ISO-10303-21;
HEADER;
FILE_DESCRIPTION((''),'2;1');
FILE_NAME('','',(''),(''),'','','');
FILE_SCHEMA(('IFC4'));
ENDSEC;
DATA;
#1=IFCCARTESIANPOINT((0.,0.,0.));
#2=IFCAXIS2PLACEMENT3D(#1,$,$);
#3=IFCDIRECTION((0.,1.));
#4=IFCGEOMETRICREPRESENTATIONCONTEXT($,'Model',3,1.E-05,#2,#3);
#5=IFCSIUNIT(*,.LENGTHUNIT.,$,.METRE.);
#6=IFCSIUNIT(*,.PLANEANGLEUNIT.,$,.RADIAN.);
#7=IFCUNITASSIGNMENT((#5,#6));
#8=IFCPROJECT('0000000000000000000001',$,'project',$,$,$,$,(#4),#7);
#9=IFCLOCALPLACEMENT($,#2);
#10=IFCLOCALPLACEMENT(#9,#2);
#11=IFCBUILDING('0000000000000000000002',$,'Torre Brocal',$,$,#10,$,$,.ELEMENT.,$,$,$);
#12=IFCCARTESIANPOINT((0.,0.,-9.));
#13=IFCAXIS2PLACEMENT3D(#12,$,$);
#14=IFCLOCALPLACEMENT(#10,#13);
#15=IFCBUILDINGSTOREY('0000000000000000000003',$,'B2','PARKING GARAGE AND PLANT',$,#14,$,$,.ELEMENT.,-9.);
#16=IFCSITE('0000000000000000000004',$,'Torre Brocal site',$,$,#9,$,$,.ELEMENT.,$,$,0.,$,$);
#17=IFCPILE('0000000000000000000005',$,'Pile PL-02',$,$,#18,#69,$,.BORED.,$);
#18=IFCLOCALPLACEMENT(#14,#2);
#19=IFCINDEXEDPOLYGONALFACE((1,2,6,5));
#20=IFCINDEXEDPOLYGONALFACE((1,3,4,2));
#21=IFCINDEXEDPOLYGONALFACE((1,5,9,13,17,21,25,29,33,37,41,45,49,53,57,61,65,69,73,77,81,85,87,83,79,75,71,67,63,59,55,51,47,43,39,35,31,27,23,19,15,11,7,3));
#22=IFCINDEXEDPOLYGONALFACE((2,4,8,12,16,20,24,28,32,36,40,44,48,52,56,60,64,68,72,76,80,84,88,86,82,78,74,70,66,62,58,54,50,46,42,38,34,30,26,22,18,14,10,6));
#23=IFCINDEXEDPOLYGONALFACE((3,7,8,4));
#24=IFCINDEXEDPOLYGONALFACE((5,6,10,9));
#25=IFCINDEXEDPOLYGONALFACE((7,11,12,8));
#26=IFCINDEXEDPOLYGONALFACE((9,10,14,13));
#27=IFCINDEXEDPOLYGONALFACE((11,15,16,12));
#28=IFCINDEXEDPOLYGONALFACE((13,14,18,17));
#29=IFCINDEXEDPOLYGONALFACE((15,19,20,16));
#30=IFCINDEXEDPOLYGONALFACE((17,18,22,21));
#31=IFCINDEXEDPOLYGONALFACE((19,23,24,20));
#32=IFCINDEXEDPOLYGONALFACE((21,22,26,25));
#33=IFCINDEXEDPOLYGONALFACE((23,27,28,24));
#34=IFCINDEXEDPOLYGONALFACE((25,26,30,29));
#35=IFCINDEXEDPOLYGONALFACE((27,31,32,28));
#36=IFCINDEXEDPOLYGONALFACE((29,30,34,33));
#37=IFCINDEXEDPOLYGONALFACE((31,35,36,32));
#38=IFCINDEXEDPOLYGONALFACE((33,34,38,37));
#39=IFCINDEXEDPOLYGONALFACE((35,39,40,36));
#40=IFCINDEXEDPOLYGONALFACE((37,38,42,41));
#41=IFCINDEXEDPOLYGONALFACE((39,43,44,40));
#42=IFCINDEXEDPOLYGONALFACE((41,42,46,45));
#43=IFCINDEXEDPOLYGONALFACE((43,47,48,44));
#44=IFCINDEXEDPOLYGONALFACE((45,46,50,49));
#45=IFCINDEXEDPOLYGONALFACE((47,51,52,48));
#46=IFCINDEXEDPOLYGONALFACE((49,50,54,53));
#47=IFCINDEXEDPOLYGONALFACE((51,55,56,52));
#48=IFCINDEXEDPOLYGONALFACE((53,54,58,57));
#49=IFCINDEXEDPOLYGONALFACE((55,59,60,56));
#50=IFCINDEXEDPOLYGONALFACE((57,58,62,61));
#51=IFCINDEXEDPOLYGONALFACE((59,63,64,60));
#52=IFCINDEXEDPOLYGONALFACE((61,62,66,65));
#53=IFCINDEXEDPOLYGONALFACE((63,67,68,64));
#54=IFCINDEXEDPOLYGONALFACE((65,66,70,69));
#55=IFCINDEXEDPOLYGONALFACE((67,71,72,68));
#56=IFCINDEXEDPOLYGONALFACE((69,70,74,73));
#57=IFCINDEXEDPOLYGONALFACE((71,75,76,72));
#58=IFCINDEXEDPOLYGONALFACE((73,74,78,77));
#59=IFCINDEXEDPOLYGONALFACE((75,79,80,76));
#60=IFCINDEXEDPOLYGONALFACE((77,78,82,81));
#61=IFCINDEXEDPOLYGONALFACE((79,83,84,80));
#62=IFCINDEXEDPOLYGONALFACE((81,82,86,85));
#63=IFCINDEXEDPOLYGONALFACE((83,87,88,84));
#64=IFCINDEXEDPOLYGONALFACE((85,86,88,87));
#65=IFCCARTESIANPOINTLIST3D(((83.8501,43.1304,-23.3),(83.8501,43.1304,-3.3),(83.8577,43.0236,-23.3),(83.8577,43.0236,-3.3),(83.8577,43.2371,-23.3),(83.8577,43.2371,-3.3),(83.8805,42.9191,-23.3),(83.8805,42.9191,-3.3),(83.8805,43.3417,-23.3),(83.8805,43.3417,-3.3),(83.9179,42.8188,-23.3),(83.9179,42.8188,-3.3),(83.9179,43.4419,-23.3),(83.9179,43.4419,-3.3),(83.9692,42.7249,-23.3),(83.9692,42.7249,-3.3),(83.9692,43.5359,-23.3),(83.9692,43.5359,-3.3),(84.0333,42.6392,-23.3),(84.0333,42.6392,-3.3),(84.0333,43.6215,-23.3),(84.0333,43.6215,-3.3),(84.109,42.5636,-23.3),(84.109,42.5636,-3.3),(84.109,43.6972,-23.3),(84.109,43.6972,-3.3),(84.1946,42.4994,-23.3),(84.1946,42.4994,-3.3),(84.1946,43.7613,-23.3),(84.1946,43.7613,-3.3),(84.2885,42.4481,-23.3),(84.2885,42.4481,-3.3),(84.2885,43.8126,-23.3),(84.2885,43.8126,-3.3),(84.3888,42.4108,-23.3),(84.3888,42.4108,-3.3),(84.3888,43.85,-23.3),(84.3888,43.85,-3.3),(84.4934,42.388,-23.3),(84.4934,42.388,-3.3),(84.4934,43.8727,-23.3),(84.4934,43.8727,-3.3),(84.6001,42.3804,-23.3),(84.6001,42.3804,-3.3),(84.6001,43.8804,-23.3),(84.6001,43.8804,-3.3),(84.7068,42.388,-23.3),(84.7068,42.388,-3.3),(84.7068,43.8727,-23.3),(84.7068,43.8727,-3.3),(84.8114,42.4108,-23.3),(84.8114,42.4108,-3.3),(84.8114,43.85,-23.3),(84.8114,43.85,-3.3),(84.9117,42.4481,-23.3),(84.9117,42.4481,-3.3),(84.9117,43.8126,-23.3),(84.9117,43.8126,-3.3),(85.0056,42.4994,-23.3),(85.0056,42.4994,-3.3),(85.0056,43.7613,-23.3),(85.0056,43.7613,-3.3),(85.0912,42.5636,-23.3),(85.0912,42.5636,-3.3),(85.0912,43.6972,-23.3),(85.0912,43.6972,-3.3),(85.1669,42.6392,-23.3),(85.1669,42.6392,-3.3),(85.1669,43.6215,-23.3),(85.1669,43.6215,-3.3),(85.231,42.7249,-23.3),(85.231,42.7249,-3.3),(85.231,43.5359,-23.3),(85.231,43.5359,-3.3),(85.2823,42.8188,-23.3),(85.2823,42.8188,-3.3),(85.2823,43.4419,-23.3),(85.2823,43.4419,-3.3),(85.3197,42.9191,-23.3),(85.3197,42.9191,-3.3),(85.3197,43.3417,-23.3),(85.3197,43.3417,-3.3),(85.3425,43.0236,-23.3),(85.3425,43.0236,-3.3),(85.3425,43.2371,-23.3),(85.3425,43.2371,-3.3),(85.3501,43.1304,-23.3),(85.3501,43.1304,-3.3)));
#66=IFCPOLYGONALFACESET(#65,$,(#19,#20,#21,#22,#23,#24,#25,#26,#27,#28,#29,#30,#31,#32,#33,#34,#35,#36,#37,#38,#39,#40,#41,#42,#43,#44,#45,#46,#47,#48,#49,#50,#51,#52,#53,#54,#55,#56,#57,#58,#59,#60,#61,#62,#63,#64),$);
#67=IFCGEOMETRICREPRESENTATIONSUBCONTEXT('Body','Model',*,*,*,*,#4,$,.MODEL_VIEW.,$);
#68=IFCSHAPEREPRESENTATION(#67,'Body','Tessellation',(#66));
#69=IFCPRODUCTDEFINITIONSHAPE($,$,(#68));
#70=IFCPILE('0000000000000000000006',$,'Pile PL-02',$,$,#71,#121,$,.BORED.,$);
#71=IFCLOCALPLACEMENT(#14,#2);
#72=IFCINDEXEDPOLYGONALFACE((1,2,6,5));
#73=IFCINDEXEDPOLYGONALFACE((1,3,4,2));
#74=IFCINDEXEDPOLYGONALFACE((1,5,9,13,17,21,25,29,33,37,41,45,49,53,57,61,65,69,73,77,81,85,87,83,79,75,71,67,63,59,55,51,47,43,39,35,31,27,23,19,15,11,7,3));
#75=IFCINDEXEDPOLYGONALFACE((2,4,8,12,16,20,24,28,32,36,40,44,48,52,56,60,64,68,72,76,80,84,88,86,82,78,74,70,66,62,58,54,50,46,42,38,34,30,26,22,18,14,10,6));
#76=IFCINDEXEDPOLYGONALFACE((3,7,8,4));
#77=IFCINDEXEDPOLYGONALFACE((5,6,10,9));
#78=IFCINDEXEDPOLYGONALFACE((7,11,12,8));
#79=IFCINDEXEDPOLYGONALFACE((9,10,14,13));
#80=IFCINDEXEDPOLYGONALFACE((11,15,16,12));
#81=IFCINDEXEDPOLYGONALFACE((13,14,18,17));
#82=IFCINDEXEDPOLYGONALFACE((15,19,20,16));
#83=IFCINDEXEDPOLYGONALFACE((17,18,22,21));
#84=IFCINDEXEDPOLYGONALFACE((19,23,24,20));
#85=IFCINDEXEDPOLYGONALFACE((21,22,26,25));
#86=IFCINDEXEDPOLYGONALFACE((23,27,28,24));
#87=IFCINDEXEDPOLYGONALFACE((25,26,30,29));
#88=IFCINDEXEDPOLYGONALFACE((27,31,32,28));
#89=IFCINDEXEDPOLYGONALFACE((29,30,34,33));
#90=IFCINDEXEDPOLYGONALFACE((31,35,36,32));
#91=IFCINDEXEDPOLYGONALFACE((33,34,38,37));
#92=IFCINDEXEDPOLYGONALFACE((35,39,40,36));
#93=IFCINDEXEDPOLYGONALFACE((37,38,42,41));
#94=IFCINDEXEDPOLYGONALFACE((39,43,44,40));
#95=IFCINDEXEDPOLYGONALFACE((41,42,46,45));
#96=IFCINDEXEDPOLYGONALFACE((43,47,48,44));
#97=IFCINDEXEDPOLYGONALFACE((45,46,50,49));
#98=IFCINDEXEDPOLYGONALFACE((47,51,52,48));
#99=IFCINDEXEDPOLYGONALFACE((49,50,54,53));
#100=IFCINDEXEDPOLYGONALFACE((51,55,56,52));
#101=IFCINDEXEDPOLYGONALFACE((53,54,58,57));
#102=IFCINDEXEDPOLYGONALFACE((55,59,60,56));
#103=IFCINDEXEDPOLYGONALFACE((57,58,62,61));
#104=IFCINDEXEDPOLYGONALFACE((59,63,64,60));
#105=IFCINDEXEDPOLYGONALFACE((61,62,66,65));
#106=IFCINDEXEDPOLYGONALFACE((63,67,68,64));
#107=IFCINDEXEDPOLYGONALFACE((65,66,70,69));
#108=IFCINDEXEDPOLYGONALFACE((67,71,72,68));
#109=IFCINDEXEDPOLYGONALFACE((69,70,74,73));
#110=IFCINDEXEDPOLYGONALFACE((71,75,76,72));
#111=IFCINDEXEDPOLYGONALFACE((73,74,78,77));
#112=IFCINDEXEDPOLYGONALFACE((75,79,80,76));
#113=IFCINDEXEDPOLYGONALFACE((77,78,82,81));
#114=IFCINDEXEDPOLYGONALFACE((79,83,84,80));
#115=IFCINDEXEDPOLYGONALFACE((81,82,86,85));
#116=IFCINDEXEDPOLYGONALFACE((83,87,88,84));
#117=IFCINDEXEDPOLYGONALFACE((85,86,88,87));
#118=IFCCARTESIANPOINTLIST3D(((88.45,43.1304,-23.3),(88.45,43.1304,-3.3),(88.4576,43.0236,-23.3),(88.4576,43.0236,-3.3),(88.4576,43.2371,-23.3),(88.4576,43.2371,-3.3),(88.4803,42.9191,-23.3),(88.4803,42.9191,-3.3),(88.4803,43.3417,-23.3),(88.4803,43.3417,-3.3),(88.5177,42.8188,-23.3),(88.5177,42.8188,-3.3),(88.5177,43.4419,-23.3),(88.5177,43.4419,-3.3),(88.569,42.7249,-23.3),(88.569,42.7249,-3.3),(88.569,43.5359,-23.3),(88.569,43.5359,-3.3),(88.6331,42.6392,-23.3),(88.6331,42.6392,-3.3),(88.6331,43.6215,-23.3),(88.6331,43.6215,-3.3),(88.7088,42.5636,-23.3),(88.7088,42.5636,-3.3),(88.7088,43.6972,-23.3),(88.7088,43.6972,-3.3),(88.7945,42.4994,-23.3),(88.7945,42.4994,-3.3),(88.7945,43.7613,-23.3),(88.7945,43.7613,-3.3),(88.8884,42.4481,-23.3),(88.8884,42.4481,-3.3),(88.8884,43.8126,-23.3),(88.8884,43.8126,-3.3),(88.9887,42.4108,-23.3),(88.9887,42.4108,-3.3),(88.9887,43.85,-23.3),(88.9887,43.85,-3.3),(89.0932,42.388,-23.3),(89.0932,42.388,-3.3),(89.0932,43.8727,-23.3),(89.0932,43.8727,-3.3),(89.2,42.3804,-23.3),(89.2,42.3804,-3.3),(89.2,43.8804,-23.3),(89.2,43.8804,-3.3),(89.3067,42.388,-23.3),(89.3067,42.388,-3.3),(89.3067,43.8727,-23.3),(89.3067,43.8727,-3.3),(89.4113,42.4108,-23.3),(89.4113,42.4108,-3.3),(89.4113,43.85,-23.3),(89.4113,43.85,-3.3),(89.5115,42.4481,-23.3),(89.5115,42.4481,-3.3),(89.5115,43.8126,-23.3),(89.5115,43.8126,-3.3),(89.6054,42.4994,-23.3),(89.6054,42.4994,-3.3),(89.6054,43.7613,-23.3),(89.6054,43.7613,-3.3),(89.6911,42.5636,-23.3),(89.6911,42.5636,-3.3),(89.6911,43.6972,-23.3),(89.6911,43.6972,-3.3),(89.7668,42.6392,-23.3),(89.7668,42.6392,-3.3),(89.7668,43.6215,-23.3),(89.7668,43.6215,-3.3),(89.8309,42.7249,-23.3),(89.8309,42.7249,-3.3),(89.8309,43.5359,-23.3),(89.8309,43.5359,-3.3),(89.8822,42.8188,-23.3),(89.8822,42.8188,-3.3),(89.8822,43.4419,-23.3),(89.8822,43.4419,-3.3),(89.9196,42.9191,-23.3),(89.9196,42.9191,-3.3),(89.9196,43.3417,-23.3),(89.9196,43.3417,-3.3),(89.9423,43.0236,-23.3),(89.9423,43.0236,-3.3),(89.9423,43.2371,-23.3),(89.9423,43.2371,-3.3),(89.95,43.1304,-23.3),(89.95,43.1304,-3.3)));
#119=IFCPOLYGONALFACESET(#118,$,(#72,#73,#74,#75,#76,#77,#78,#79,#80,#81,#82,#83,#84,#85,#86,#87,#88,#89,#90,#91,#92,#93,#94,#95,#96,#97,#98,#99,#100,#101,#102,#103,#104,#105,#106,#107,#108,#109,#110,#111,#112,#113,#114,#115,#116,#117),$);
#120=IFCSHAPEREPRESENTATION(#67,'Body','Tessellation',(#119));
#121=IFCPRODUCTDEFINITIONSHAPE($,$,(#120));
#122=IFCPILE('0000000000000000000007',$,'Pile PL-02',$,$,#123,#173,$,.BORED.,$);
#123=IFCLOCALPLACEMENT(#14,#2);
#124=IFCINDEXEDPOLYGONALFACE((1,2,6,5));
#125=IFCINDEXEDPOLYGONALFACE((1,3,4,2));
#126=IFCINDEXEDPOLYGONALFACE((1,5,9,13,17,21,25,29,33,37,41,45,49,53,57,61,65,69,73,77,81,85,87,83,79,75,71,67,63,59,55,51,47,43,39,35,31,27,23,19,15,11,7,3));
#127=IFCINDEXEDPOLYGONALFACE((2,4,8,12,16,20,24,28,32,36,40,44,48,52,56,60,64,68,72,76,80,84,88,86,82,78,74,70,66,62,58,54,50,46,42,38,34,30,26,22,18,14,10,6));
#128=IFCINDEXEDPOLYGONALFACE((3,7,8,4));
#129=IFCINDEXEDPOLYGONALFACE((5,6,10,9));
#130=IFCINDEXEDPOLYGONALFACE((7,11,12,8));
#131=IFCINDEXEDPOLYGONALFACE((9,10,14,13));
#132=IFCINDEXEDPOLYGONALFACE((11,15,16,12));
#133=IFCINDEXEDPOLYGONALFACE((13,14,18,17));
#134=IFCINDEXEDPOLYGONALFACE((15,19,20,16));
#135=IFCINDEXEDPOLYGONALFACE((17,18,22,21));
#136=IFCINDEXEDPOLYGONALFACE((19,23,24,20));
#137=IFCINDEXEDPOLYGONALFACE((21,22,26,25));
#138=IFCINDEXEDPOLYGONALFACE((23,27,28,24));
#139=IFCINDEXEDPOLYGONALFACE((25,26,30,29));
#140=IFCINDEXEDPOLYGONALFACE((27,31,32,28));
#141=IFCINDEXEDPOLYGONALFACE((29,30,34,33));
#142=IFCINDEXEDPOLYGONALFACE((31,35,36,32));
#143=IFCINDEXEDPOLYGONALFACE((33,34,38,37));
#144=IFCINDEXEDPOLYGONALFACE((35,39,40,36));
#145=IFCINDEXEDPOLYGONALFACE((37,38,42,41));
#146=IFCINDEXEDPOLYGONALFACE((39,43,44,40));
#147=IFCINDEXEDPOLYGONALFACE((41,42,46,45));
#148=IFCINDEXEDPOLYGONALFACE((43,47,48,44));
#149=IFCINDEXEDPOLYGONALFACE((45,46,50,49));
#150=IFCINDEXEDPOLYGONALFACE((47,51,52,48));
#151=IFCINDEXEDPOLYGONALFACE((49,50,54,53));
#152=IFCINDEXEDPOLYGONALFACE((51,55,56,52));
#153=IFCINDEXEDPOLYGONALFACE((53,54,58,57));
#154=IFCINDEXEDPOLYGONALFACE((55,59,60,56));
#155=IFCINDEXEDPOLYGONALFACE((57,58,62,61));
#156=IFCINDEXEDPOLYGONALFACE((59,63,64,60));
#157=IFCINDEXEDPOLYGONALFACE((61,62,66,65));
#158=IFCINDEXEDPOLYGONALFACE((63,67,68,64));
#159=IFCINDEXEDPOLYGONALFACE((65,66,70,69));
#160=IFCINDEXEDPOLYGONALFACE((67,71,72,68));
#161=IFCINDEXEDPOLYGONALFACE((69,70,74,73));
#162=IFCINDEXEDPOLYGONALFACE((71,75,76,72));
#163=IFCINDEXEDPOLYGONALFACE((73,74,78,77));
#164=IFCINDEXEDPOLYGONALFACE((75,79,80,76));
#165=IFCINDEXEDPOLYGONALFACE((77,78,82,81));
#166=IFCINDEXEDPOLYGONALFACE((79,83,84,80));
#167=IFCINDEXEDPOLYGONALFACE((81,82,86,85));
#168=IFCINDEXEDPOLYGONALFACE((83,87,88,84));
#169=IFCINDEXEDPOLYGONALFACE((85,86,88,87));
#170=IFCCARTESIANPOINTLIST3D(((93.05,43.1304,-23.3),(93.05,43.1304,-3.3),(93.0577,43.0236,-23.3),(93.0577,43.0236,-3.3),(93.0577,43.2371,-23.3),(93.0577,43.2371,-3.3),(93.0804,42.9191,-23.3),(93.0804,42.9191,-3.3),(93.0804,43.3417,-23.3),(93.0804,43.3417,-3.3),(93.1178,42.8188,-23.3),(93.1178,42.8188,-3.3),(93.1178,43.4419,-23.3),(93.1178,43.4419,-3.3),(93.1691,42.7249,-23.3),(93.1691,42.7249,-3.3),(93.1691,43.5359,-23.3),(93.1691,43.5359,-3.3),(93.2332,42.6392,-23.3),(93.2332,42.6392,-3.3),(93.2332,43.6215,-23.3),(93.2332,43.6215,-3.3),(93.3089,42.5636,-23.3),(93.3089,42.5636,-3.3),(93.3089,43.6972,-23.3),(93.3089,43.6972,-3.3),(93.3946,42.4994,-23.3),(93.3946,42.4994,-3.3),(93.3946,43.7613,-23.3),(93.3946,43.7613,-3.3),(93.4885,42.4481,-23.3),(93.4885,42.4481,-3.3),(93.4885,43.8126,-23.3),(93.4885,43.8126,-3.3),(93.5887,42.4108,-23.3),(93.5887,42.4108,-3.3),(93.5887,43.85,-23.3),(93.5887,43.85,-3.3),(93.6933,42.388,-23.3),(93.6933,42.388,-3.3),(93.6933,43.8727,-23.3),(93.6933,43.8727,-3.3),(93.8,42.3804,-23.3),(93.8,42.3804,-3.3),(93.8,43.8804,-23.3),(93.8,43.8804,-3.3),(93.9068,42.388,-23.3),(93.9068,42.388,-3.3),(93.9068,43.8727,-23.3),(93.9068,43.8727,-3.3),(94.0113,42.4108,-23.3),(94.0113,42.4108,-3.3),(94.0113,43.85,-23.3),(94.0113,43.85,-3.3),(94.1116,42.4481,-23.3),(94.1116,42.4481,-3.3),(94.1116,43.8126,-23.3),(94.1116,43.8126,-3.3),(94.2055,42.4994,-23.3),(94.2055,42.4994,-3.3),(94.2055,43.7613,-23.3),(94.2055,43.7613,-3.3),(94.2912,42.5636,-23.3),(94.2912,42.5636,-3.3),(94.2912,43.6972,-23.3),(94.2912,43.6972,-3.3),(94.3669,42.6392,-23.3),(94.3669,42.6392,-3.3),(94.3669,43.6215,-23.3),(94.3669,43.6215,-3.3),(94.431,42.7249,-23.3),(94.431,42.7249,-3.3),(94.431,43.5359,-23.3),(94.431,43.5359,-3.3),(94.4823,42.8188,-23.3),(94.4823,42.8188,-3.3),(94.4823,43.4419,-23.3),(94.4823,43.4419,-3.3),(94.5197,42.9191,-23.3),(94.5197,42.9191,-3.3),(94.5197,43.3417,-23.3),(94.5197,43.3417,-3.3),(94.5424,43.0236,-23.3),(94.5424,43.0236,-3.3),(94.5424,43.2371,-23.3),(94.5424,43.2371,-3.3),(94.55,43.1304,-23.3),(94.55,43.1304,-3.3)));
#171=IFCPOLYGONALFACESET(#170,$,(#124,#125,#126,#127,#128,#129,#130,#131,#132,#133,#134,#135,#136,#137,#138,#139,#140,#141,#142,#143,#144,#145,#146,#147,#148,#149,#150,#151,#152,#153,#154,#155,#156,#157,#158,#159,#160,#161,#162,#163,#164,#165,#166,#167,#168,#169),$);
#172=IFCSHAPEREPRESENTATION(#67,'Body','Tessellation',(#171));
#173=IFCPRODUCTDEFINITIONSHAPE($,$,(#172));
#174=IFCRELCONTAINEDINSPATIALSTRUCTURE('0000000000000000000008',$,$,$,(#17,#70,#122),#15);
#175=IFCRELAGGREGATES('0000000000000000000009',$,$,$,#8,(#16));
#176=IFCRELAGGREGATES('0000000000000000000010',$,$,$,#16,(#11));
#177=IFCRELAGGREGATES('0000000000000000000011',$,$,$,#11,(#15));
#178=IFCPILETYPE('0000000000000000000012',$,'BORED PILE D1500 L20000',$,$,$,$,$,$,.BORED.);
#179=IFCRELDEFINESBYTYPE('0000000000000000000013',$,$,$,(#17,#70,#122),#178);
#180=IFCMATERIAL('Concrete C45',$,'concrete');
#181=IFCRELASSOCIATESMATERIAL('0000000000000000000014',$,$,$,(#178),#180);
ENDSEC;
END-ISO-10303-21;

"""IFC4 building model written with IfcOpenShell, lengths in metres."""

from ifc_helpers import new_model, si_unit, direction, frame, origin, origin_2d, place, context, subcontext, project, spatial, circle, extrude, material, material_profile, profile_set, type_object, element, save


model = new_model("IFC4")

# Units and contexts
model_context = context("Model", 3, precision=1e-05, world=origin(), true_north=direction((0.0, 1.0)))
body_context = subcontext(model_context, "Body", "Model", "MODEL_VIEW")
ifc_project = project(units=[si_unit("LENGTHUNIT", "METRE"), si_unit("PLANEANGLEUNIT", "RADIAN")], contexts=[model_context])

# Site, building, storey
site_placement = place(None, origin())
site = spatial("IfcSite", under=ifc_project, at=site_placement, Name="Torre Brocal site", CompositionType="ELEMENT", RefElevation=0.0)
building_placement = place(site_placement, origin())
building = spatial("IfcBuilding", under=site, at=building_placement, Name="Torre Brocal", CompositionType="ELEMENT")
storey_placement = place(building_placement, frame((0.0, 0.0, -9.0)))
storey = spatial("IfcBuildingStorey", under=building, at=storey_placement, Name="B2", Description="PARKING GARAGE AND PLANT", CompositionType="ELEMENT", Elevation=-9.0)

# Piles
ifc_material_1 = material(Name="Concrete C45", Category="concrete")
ifc_material_profile_1 = material_profile(ifc_material_1, circle(Radius=0.75, at=origin_2d()), Name="BORED PILE D1500")
ifc_profile_set_1 = profile_set([ifc_material_profile_1], Name="Concrete C45")
pile_type_1 = type_object("IfcPileType", Name="BORED PILE D1500 L20000", PredefinedType="BORED", material=ifc_profile_set_1)
for number, where, z_axis, x_axis, name in (
    (1, (84.6001, 43.1304, -3.3), (0.0, 0.0, -1.0), (1.0, 0.0, 0.0), "Pile PL-02"),
    (2, (89.2, 43.1304, -3.3), (0.0, 0.0, -1.0), (1.0, 0.0, 0.0), "Pile PL-02"),
    (3, (93.8, 43.1304, -3.3), (0.0, 0.0, -1.0), (1.0, 0.0, 0.0), "Pile PL-02"),
):
    element("IfcPile", number, at=place(storey_placement, frame(where, z_axis=z_axis, x_axis=x_axis)), inside=storey, type_object=pile_type_1, Name=name, PredefinedType="BORED", context=body_context, shape_type="SweptSolid", body=[
        extrude(circle(Radius=0.75, at=origin_2d()), origin(), (0.0, 0.0, 1.0), 20.0),
    ])

save(model, "model.ifc")
